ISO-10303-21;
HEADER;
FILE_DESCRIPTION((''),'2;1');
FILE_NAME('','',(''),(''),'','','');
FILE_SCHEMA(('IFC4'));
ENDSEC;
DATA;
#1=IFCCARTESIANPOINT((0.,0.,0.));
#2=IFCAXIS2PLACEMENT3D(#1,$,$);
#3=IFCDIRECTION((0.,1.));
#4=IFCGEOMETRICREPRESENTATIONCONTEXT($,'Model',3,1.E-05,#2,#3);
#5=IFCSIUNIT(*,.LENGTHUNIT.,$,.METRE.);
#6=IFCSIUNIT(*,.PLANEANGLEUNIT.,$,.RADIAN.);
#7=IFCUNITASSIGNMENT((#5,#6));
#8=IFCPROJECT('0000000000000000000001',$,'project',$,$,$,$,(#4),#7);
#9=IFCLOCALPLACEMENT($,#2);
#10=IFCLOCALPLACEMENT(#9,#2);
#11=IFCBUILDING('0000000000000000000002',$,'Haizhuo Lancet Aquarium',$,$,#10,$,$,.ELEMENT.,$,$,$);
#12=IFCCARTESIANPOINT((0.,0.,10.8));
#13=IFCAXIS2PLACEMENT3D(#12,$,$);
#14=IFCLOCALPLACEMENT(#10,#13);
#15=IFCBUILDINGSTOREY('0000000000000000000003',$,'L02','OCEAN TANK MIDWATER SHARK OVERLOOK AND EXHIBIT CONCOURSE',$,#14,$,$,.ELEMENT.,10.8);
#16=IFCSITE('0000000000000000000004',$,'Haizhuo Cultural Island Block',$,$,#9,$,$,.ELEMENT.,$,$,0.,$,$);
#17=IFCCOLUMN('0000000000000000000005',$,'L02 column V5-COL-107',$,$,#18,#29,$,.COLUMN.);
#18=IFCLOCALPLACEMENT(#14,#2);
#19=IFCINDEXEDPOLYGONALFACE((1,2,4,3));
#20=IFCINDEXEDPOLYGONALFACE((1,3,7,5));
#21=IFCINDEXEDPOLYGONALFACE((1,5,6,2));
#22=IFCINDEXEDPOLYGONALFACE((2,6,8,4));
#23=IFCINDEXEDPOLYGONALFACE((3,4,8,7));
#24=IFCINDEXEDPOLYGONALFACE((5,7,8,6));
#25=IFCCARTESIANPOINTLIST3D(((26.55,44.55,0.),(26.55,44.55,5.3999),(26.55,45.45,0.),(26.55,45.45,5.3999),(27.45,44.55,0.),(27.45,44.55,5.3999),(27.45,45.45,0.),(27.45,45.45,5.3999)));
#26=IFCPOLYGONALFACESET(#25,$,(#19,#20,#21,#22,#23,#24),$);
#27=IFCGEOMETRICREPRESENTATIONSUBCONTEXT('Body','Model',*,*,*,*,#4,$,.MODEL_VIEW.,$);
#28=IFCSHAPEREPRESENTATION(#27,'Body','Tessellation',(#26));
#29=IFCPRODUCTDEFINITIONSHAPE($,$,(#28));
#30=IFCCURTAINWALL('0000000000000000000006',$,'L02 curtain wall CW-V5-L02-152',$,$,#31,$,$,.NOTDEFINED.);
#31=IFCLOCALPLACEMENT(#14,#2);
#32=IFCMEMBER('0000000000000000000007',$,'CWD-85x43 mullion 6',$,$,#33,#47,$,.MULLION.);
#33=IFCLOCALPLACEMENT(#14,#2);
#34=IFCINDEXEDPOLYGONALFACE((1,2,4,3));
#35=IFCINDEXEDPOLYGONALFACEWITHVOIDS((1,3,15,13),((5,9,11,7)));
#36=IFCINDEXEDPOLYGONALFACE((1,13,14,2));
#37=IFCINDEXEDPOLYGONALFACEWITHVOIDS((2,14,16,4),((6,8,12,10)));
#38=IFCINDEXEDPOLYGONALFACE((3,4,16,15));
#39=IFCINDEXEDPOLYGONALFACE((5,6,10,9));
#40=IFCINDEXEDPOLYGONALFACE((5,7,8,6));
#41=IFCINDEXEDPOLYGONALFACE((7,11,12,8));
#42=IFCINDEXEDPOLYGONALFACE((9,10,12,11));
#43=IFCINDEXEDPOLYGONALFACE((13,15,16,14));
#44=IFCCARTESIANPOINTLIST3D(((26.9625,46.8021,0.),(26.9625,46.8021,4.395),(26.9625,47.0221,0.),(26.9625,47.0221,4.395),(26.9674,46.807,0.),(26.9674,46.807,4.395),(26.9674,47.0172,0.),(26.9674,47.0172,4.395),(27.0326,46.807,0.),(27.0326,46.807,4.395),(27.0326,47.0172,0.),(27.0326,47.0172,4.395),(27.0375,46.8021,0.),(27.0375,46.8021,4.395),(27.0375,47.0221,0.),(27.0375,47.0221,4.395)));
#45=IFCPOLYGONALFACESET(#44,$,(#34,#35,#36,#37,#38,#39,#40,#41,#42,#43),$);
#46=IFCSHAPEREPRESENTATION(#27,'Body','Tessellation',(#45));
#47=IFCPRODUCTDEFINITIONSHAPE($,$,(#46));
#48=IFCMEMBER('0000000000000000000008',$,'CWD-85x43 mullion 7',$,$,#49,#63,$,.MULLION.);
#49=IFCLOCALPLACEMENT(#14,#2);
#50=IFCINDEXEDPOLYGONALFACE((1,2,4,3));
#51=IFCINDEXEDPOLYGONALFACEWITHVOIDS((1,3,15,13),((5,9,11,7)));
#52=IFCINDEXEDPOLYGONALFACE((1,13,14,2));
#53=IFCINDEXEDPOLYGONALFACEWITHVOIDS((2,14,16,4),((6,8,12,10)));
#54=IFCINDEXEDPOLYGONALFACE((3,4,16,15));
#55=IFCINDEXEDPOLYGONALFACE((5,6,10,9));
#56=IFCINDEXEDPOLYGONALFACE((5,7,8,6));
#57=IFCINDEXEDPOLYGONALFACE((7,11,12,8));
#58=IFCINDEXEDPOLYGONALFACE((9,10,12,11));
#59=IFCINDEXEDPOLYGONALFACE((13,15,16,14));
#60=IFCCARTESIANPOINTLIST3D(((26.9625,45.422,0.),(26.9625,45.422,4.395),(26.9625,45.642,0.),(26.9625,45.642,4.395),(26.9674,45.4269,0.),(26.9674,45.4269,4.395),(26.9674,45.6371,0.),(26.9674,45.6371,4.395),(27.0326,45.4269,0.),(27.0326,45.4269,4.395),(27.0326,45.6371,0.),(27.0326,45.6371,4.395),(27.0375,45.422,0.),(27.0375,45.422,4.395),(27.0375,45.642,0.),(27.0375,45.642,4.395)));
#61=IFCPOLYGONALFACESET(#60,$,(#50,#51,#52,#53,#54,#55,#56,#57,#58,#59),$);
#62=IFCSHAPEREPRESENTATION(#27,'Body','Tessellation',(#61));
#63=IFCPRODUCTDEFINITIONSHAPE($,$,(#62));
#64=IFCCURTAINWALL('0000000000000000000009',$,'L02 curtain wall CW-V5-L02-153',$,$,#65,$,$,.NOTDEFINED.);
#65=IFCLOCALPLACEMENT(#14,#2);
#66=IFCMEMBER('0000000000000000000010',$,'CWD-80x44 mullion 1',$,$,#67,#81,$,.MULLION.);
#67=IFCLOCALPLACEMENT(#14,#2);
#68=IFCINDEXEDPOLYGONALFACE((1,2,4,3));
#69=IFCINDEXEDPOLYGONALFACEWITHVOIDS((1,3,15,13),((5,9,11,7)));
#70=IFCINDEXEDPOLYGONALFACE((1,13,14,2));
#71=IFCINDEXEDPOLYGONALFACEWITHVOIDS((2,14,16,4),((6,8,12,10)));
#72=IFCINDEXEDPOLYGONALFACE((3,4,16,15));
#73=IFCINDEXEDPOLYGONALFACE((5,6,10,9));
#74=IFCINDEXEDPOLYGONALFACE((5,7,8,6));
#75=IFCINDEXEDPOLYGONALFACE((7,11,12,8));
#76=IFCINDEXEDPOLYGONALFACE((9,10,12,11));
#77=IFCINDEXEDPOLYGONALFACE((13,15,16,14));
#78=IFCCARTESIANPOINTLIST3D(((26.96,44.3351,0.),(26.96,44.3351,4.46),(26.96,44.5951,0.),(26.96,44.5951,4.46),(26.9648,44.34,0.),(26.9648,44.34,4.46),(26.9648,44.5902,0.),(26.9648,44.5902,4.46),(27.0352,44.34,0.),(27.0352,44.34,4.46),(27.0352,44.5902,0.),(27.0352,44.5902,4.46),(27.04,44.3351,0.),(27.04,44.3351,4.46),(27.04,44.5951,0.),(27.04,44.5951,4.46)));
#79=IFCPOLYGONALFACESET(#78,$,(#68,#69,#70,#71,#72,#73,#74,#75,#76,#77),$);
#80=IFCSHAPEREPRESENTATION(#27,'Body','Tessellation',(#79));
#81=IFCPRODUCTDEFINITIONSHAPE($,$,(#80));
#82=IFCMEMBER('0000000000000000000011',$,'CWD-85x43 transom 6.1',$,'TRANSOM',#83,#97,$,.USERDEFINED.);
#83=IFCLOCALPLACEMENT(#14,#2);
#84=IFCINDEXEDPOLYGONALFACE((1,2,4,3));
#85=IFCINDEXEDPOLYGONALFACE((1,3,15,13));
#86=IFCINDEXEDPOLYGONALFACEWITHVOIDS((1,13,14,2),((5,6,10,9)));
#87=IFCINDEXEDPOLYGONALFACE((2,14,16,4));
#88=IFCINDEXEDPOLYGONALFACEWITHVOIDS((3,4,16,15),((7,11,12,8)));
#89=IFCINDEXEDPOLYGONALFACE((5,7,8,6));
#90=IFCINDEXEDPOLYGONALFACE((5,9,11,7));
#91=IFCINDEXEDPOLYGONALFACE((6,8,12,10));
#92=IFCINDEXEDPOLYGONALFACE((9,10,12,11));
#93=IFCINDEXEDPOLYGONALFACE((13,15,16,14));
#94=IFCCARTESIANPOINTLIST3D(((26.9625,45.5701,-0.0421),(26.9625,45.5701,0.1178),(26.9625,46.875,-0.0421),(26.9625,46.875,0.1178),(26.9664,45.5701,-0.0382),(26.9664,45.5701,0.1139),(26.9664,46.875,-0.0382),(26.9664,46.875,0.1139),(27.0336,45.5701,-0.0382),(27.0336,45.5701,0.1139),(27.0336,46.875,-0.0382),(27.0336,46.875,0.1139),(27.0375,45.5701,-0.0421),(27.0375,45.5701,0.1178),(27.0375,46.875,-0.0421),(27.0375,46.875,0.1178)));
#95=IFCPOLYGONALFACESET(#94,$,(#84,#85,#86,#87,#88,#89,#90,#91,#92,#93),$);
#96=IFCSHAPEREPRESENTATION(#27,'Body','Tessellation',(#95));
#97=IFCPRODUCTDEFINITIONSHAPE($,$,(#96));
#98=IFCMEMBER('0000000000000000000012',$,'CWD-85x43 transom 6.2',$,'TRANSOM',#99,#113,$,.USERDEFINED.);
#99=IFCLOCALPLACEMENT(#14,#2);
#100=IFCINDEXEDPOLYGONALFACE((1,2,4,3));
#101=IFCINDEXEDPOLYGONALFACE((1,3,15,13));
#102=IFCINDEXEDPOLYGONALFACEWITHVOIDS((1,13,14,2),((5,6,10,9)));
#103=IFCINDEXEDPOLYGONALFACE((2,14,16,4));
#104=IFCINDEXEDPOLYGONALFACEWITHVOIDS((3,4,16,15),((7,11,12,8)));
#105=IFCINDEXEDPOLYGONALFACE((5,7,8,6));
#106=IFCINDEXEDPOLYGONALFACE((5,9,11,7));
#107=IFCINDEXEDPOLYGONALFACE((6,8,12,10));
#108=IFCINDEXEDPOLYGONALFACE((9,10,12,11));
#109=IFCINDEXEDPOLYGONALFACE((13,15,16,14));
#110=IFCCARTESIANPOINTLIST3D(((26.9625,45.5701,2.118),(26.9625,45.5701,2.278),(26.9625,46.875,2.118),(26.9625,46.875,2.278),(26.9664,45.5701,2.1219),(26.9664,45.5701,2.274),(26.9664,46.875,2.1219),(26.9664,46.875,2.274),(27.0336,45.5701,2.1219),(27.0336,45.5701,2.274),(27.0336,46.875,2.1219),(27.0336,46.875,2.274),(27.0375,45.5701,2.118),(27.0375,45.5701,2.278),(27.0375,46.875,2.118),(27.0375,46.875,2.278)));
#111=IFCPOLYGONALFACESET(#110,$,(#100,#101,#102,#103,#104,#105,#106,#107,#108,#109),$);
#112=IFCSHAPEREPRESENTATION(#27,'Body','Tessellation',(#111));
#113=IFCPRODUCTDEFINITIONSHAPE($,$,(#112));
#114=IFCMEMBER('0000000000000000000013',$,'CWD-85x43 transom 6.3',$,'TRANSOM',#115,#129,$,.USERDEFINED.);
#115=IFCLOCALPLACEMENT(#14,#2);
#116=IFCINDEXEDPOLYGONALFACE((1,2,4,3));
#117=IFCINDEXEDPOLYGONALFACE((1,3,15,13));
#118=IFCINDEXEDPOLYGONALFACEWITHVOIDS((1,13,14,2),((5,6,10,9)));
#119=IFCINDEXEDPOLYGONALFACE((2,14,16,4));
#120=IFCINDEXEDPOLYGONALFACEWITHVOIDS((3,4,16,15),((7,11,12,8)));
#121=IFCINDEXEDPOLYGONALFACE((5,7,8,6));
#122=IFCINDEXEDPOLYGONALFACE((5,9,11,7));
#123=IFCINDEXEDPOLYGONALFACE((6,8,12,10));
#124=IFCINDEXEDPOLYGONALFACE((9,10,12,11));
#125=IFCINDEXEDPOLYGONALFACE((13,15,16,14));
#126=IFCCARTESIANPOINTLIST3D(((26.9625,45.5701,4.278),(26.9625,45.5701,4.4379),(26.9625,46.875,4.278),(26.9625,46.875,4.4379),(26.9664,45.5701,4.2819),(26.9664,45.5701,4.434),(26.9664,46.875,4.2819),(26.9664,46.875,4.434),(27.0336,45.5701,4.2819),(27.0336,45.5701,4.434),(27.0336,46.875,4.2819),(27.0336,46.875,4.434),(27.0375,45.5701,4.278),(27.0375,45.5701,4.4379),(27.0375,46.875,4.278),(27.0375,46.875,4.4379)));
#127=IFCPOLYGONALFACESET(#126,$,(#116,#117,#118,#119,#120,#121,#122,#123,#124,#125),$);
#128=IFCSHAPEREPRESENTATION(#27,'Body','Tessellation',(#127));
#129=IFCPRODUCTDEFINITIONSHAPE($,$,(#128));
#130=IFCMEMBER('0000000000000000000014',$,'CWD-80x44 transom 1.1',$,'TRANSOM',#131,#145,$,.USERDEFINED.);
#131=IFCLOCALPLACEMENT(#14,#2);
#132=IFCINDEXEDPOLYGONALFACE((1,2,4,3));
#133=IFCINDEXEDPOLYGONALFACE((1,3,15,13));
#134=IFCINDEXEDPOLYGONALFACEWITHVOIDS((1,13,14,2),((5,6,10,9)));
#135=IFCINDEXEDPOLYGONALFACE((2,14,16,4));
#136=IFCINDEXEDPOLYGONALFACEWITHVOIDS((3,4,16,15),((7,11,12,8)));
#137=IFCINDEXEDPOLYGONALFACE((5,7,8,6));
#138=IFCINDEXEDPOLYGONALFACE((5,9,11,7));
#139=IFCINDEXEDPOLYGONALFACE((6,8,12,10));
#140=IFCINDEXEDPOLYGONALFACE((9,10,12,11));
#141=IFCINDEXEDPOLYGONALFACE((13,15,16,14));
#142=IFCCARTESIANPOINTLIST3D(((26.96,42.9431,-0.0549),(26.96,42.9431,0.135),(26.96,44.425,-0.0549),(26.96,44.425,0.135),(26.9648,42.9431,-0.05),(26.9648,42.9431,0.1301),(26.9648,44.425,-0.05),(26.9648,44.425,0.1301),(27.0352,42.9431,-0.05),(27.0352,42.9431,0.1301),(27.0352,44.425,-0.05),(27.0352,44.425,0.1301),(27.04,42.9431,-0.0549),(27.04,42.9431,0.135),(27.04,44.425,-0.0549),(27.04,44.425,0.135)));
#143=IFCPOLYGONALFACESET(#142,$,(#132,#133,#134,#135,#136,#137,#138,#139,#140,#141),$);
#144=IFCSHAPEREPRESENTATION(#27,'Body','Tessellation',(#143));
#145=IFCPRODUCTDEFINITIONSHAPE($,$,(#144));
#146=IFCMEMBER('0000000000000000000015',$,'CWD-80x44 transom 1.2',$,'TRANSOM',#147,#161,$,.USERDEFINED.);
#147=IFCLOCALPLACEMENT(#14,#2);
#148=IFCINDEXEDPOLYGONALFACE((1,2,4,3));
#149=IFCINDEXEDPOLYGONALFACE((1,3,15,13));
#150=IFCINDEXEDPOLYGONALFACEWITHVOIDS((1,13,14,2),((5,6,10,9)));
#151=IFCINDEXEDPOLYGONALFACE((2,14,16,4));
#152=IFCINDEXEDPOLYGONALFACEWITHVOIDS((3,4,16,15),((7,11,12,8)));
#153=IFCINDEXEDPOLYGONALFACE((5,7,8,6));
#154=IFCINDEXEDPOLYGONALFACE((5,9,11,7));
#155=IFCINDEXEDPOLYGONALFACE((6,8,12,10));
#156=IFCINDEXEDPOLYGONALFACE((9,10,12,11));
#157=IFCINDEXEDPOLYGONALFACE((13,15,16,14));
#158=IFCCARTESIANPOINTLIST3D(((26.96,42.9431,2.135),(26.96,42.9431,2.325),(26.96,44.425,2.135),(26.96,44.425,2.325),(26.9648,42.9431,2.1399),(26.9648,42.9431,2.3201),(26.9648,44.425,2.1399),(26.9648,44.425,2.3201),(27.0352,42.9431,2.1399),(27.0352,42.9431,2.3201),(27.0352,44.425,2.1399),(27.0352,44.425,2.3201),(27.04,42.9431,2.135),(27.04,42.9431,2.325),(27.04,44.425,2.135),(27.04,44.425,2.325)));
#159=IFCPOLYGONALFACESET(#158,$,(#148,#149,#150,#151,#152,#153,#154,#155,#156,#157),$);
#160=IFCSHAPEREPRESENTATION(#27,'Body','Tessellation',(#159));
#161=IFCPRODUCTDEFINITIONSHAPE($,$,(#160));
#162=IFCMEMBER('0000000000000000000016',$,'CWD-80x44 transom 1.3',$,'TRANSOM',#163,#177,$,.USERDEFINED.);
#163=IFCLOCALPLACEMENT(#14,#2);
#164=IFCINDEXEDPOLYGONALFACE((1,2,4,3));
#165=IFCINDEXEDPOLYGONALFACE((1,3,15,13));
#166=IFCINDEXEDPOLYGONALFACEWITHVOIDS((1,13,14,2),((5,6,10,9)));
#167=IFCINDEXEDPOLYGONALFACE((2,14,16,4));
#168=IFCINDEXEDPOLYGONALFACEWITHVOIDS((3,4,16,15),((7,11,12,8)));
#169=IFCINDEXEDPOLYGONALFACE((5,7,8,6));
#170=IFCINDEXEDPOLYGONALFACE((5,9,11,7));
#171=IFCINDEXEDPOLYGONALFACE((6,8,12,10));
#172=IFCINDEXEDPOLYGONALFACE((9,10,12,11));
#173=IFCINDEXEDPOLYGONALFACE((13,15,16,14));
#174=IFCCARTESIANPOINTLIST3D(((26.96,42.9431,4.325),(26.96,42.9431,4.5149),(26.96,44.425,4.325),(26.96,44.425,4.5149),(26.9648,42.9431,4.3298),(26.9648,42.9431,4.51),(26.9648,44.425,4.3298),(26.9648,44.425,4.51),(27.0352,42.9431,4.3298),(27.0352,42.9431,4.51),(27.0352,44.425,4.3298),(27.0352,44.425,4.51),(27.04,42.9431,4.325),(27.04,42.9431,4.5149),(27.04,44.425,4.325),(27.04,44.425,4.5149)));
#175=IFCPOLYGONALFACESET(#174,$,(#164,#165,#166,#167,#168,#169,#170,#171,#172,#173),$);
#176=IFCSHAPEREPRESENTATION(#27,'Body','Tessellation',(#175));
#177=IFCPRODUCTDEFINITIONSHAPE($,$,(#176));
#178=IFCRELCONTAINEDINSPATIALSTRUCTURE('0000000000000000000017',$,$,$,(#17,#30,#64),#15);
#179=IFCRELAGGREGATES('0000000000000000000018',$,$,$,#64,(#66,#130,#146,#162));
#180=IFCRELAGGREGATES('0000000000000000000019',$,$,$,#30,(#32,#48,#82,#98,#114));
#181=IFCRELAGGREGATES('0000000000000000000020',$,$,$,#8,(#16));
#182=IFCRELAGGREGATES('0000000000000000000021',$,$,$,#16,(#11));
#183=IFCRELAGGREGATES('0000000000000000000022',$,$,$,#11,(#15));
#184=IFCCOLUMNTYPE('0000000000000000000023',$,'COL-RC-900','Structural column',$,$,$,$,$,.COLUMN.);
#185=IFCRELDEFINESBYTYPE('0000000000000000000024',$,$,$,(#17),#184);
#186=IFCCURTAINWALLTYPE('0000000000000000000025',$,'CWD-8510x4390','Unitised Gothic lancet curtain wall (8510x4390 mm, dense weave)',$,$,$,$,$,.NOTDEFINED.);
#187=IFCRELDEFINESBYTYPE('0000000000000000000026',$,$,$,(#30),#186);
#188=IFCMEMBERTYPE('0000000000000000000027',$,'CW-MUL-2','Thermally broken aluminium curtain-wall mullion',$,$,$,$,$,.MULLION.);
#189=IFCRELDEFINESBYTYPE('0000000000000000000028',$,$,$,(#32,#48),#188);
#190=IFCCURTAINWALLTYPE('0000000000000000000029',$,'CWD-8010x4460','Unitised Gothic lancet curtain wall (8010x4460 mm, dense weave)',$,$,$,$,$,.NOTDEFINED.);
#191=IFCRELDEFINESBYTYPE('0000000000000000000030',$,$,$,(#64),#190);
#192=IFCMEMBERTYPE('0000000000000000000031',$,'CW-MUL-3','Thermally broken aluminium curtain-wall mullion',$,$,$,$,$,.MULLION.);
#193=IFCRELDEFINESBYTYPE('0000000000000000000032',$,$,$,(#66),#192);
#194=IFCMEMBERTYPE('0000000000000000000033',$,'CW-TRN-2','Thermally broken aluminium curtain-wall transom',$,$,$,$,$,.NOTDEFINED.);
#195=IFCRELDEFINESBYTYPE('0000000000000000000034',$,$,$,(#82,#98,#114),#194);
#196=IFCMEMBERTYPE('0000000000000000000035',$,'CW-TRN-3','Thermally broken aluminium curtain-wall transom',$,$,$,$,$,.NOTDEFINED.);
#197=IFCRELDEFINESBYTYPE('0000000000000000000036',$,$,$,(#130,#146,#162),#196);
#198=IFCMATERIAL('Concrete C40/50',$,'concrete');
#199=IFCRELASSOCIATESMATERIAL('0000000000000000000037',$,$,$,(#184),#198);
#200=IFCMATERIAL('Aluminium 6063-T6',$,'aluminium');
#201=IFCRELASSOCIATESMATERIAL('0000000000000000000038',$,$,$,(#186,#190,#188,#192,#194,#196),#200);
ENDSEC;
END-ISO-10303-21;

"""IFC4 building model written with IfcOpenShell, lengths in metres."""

from ifc_helpers import new_model, si_unit, direction, frame, origin, origin_2d, place, context, subcontext, project, spatial, rectangle, hollow_rectangle, extrude, material, material_profile, profile_set, type_object, element, aggregate, save


model = new_model("IFC4")

# Units and contexts
model_context = context("Model", 3, precision=1e-05, world=origin(), true_north=direction((0.0, 1.0)))
body_context = subcontext(model_context, "Body", "Model", "MODEL_VIEW")
ifc_project = project(units=[si_unit("LENGTHUNIT", "METRE"), si_unit("PLANEANGLEUNIT", "RADIAN")], contexts=[model_context])

# Site, building, storey
site_placement = place(None, origin())
site = spatial("IfcSite", under=ifc_project, at=site_placement, Name="Haizhuo Cultural Island Block", CompositionType="ELEMENT", RefElevation=0.0)
building_placement = place(site_placement, origin())
building = spatial("IfcBuilding", under=site, at=building_placement, Name="Haizhuo Lancet Aquarium", CompositionType="ELEMENT")
storey_placement = place(building_placement, frame((0.0, 0.0, 10.8)))
storey = spatial("IfcBuildingStorey", under=building, at=storey_placement, Name="L02", Description="OCEAN TANK MIDWATER SHARK OVERLOOK AND EXHIBIT CONCOURSE", CompositionType="ELEMENT", Elevation=10.8)

# Column
ifc_material_1 = material(Name="Concrete C40/50", Category="concrete")
ifc_material_profile_1 = material_profile(ifc_material_1, rectangle(XDim=0.8999, YDim=0.8999, at=origin_2d()), Name="RC-COL 900x900")
ifc_profile_set_1 = profile_set([ifc_material_profile_1], Name="Concrete C40/50")
column_type = type_object("IfcColumnType", Name="COL-RC-900", Description="Structural column", PredefinedType="COLUMN", material=ifc_profile_set_1)
column_placement = place(storey_placement, frame((27.0, 45.0, 0.0), z_axis=(0.0, 0.0, 1.0), x_axis=(1.0, 0.0, 0.0)))
element("IfcColumn", 1, at=column_placement, inside=storey, type_object=column_type, Name="L02 column V5-COL-107", PredefinedType="COLUMN", context=body_context, shape_type="SweptSolid", body=[
    extrude(rectangle(XDim=0.8999, YDim=0.8999, at=origin_2d()), origin(), (0.0, 0.0, 1.0), 5.3999),
])

# Curtain wall, members
ifc_material_2 = material(Name="Aluminium 6063-T6", Category="aluminium")
curtain_wall_type_1 = type_object("IfcCurtainWallType", Name="CWD-8510x4390", Description="Unitised Gothic lancet curtain wall (8510x4390 mm, dense weave)", PredefinedType="NOTDEFINED", material=ifc_material_2)
curtain_wall_1_placement = place(storey_placement, origin())
curtain_wall_1 = element("IfcCurtainWall", 2, at=curtain_wall_1_placement, inside=storey, type_object=curtain_wall_type_1, Name="L02 curtain wall CW-V5-L02-152", PredefinedType="NOTDEFINED")
ifc_material_profile_2 = material_profile(ifc_material_2, hollow_rectangle(XDim=0.075, YDim=0.22, WallThickness=0.0049, at=origin_2d()), Name="ALU-M 75x220x5")
ifc_profile_set_2 = profile_set([ifc_material_profile_2], Name="Aluminium 6063-T6")
member_type_1 = type_object("IfcMemberType", Name="CW-MUL-2", Description="Thermally broken aluminium curtain-wall mullion", PredefinedType="MULLION", material=ifc_profile_set_2)
member_1_placement = place(storey_placement, frame((27.0, 46.9121, 0.0), z_axis=(0.0, 0.0, 1.0), x_axis=(1.0, 0.0, 0.0)))
member_1 = element("IfcMember", 3, at=member_1_placement, type_object=member_type_1, Name="CWD-85x43 mullion 6", PredefinedType="MULLION", context=body_context, shape_type="SweptSolid", body=[
    extrude(hollow_rectangle(XDim=0.075, YDim=0.22, WallThickness=0.0049, at=origin_2d()), origin(), (0.0, 0.0, 1.0), 4.395),
])
member_2_placement = place(storey_placement, frame((27.0, 45.532, 0.0), z_axis=(0.0, 0.0, 1.0), x_axis=(1.0, 0.0, 0.0)))
member_2 = element("IfcMember", 4, at=member_2_placement, type_object=member_type_1, Name="CWD-85x43 mullion 7", PredefinedType="MULLION", context=body_context, shape_type="SweptSolid", body=[
    extrude(hollow_rectangle(XDim=0.075, YDim=0.22, WallThickness=0.0049, at=origin_2d()), origin(), (0.0, 0.0, 1.0), 4.395),
])

# Curtain wall, member
curtain_wall_type_2 = type_object("IfcCurtainWallType", Name="CWD-8010x4460", Description="Unitised Gothic lancet curtain wall (8010x4460 mm, dense weave)", PredefinedType="NOTDEFINED", material=ifc_material_2)
curtain_wall_2_placement = place(storey_placement, origin())
curtain_wall_2 = element("IfcCurtainWall", 5, at=curtain_wall_2_placement, inside=storey, type_object=curtain_wall_type_2, Name="L02 curtain wall CW-V5-L02-153", PredefinedType="NOTDEFINED")
ifc_material_profile_3 = material_profile(ifc_material_2, hollow_rectangle(XDim=0.0801, YDim=0.26, WallThickness=0.0049, at=origin_2d()), Name="ALU-M 80x260x5")
ifc_profile_set_3 = profile_set([ifc_material_profile_3], Name="Aluminium 6063-T6")
member_type_2 = type_object("IfcMemberType", Name="CW-MUL-3", Description="Thermally broken aluminium curtain-wall mullion", PredefinedType="MULLION", material=ifc_profile_set_3)
member_3_placement = place(storey_placement, frame((27.0, 44.4651, 0.0), z_axis=(0.0, 0.0, 1.0), x_axis=(1.0, 0.0, 0.0)))
member_3 = element("IfcMember", 6, at=member_3_placement, type_object=member_type_2, Name="CWD-80x44 mullion 1", PredefinedType="MULLION", context=body_context, shape_type="SweptSolid", body=[
    extrude(hollow_rectangle(XDim=0.0801, YDim=0.26, WallThickness=0.0049, at=origin_2d()), origin(), (0.0, 0.0, 1.0), 4.46),
])

# Members
ifc_material_profile_4 = material_profile(ifc_material_2, hollow_rectangle(XDim=0.075, YDim=0.1599, WallThickness=0.0039, at=origin_2d()), Name="ALU-T 75x160x4")
ifc_profile_set_4 = profile_set([ifc_material_profile_4], Name="Aluminium 6063-T6")
member_type_3 = type_object("IfcMemberType", Name="CW-TRN-2", Description="Thermally broken aluminium curtain-wall transom", PredefinedType="NOTDEFINED", material=ifc_profile_set_4)
member_4_placement = place(storey_placement, frame((27.0, 46.875, 0.0378), z_axis=(0.0, -1.0, 0.0), x_axis=(1.0, 0.0, 0.0)))
member_4 = element("IfcMember", 7, at=member_4_placement, type_object=member_type_3, Name="CWD-85x43 transom 6.1", ObjectType="TRANSOM", PredefinedType="USERDEFINED", context=body_context, shape_type="SweptSolid", body=[
    extrude(hollow_rectangle(XDim=0.075, YDim=0.1599, WallThickness=0.0039, at=origin_2d()), origin(), (0.0, 0.0, 1.0), 1.3049),
])
member_5_placement = place(storey_placement, frame((27.0, 46.875, 2.198), z_axis=(0.0, -1.0, 0.0), x_axis=(1.0, 0.0, 0.0)))
member_5 = element("IfcMember", 8, at=member_5_placement, type_object=member_type_3, Name="CWD-85x43 transom 6.2", ObjectType="TRANSOM", PredefinedType="USERDEFINED", context=body_context, shape_type="SweptSolid", body=[
    extrude(hollow_rectangle(XDim=0.075, YDim=0.1599, WallThickness=0.0039, at=origin_2d()), origin(), (0.0, 0.0, 1.0), 1.3049),
])
member_6_placement = place(storey_placement, frame((27.0, 46.875, 4.3579), z_axis=(0.0, -1.0, 0.0), x_axis=(1.0, 0.0, 0.0)))
member_6 = element("IfcMember", 9, at=member_6_placement, type_object=member_type_3, Name="CWD-85x43 transom 6.3", ObjectType="TRANSOM", PredefinedType="USERDEFINED", context=body_context, shape_type="SweptSolid", body=[
    extrude(hollow_rectangle(XDim=0.075, YDim=0.1599, WallThickness=0.0039, at=origin_2d()), origin(), (0.0, 0.0, 1.0), 1.3049),
])
ifc_material_profile_5 = material_profile(ifc_material_2, hollow_rectangle(XDim=0.0801, YDim=0.1899, WallThickness=0.0049, at=origin_2d()), Name="ALU-T 80x190x5")
ifc_profile_set_5 = profile_set([ifc_material_profile_5], Name="Aluminium 6063-T6")
member_type_4 = type_object("IfcMemberType", Name="CW-TRN-3", Description="Thermally broken aluminium curtain-wall transom", PredefinedType="NOTDEFINED", material=ifc_profile_set_5)
member_7_placement = place(storey_placement, frame((27.0, 44.425, 0.04), z_axis=(0.0, -1.0, 0.0), x_axis=(1.0, 0.0, 0.0)))
member_7 = element("IfcMember", 10, at=member_7_placement, type_object=member_type_4, Name="CWD-80x44 transom 1.1", ObjectType="TRANSOM", PredefinedType="USERDEFINED", context=body_context, shape_type="SweptSolid", body=[
    extrude(hollow_rectangle(XDim=0.0801, YDim=0.1899, WallThickness=0.0049, at=origin_2d()), origin(), (0.0, 0.0, 1.0), 1.4819),
])
member_8_placement = place(storey_placement, frame((27.0, 44.425, 2.23), z_axis=(0.0, -1.0, 0.0), x_axis=(1.0, 0.0, 0.0)))
member_8 = element("IfcMember", 11, at=member_8_placement, type_object=member_type_4, Name="CWD-80x44 transom 1.2", ObjectType="TRANSOM", PredefinedType="USERDEFINED", context=body_context, shape_type="SweptSolid", body=[
    extrude(hollow_rectangle(XDim=0.0801, YDim=0.1899, WallThickness=0.0049, at=origin_2d()), origin(), (0.0, 0.0, 1.0), 1.4819),
])
member_9_placement = place(storey_placement, frame((27.0, 44.425, 4.4199), z_axis=(0.0, -1.0, 0.0), x_axis=(1.0, 0.0, 0.0)))
member_9 = element("IfcMember", 12, at=member_9_placement, type_object=member_type_4, Name="CWD-80x44 transom 1.3", ObjectType="TRANSOM", PredefinedType="USERDEFINED", context=body_context, shape_type="SweptSolid", body=[
    extrude(hollow_rectangle(XDim=0.0801, YDim=0.1899, WallThickness=0.0049, at=origin_2d()), origin(), (0.0, 0.0, 1.0), 1.4819),
])
aggregate(curtain_wall_2, [member_3, member_7, member_8, member_9])

aggregate(curtain_wall_1, [member_1, member_2, member_4, member_5, member_6])

save(model, "model.ifc")
